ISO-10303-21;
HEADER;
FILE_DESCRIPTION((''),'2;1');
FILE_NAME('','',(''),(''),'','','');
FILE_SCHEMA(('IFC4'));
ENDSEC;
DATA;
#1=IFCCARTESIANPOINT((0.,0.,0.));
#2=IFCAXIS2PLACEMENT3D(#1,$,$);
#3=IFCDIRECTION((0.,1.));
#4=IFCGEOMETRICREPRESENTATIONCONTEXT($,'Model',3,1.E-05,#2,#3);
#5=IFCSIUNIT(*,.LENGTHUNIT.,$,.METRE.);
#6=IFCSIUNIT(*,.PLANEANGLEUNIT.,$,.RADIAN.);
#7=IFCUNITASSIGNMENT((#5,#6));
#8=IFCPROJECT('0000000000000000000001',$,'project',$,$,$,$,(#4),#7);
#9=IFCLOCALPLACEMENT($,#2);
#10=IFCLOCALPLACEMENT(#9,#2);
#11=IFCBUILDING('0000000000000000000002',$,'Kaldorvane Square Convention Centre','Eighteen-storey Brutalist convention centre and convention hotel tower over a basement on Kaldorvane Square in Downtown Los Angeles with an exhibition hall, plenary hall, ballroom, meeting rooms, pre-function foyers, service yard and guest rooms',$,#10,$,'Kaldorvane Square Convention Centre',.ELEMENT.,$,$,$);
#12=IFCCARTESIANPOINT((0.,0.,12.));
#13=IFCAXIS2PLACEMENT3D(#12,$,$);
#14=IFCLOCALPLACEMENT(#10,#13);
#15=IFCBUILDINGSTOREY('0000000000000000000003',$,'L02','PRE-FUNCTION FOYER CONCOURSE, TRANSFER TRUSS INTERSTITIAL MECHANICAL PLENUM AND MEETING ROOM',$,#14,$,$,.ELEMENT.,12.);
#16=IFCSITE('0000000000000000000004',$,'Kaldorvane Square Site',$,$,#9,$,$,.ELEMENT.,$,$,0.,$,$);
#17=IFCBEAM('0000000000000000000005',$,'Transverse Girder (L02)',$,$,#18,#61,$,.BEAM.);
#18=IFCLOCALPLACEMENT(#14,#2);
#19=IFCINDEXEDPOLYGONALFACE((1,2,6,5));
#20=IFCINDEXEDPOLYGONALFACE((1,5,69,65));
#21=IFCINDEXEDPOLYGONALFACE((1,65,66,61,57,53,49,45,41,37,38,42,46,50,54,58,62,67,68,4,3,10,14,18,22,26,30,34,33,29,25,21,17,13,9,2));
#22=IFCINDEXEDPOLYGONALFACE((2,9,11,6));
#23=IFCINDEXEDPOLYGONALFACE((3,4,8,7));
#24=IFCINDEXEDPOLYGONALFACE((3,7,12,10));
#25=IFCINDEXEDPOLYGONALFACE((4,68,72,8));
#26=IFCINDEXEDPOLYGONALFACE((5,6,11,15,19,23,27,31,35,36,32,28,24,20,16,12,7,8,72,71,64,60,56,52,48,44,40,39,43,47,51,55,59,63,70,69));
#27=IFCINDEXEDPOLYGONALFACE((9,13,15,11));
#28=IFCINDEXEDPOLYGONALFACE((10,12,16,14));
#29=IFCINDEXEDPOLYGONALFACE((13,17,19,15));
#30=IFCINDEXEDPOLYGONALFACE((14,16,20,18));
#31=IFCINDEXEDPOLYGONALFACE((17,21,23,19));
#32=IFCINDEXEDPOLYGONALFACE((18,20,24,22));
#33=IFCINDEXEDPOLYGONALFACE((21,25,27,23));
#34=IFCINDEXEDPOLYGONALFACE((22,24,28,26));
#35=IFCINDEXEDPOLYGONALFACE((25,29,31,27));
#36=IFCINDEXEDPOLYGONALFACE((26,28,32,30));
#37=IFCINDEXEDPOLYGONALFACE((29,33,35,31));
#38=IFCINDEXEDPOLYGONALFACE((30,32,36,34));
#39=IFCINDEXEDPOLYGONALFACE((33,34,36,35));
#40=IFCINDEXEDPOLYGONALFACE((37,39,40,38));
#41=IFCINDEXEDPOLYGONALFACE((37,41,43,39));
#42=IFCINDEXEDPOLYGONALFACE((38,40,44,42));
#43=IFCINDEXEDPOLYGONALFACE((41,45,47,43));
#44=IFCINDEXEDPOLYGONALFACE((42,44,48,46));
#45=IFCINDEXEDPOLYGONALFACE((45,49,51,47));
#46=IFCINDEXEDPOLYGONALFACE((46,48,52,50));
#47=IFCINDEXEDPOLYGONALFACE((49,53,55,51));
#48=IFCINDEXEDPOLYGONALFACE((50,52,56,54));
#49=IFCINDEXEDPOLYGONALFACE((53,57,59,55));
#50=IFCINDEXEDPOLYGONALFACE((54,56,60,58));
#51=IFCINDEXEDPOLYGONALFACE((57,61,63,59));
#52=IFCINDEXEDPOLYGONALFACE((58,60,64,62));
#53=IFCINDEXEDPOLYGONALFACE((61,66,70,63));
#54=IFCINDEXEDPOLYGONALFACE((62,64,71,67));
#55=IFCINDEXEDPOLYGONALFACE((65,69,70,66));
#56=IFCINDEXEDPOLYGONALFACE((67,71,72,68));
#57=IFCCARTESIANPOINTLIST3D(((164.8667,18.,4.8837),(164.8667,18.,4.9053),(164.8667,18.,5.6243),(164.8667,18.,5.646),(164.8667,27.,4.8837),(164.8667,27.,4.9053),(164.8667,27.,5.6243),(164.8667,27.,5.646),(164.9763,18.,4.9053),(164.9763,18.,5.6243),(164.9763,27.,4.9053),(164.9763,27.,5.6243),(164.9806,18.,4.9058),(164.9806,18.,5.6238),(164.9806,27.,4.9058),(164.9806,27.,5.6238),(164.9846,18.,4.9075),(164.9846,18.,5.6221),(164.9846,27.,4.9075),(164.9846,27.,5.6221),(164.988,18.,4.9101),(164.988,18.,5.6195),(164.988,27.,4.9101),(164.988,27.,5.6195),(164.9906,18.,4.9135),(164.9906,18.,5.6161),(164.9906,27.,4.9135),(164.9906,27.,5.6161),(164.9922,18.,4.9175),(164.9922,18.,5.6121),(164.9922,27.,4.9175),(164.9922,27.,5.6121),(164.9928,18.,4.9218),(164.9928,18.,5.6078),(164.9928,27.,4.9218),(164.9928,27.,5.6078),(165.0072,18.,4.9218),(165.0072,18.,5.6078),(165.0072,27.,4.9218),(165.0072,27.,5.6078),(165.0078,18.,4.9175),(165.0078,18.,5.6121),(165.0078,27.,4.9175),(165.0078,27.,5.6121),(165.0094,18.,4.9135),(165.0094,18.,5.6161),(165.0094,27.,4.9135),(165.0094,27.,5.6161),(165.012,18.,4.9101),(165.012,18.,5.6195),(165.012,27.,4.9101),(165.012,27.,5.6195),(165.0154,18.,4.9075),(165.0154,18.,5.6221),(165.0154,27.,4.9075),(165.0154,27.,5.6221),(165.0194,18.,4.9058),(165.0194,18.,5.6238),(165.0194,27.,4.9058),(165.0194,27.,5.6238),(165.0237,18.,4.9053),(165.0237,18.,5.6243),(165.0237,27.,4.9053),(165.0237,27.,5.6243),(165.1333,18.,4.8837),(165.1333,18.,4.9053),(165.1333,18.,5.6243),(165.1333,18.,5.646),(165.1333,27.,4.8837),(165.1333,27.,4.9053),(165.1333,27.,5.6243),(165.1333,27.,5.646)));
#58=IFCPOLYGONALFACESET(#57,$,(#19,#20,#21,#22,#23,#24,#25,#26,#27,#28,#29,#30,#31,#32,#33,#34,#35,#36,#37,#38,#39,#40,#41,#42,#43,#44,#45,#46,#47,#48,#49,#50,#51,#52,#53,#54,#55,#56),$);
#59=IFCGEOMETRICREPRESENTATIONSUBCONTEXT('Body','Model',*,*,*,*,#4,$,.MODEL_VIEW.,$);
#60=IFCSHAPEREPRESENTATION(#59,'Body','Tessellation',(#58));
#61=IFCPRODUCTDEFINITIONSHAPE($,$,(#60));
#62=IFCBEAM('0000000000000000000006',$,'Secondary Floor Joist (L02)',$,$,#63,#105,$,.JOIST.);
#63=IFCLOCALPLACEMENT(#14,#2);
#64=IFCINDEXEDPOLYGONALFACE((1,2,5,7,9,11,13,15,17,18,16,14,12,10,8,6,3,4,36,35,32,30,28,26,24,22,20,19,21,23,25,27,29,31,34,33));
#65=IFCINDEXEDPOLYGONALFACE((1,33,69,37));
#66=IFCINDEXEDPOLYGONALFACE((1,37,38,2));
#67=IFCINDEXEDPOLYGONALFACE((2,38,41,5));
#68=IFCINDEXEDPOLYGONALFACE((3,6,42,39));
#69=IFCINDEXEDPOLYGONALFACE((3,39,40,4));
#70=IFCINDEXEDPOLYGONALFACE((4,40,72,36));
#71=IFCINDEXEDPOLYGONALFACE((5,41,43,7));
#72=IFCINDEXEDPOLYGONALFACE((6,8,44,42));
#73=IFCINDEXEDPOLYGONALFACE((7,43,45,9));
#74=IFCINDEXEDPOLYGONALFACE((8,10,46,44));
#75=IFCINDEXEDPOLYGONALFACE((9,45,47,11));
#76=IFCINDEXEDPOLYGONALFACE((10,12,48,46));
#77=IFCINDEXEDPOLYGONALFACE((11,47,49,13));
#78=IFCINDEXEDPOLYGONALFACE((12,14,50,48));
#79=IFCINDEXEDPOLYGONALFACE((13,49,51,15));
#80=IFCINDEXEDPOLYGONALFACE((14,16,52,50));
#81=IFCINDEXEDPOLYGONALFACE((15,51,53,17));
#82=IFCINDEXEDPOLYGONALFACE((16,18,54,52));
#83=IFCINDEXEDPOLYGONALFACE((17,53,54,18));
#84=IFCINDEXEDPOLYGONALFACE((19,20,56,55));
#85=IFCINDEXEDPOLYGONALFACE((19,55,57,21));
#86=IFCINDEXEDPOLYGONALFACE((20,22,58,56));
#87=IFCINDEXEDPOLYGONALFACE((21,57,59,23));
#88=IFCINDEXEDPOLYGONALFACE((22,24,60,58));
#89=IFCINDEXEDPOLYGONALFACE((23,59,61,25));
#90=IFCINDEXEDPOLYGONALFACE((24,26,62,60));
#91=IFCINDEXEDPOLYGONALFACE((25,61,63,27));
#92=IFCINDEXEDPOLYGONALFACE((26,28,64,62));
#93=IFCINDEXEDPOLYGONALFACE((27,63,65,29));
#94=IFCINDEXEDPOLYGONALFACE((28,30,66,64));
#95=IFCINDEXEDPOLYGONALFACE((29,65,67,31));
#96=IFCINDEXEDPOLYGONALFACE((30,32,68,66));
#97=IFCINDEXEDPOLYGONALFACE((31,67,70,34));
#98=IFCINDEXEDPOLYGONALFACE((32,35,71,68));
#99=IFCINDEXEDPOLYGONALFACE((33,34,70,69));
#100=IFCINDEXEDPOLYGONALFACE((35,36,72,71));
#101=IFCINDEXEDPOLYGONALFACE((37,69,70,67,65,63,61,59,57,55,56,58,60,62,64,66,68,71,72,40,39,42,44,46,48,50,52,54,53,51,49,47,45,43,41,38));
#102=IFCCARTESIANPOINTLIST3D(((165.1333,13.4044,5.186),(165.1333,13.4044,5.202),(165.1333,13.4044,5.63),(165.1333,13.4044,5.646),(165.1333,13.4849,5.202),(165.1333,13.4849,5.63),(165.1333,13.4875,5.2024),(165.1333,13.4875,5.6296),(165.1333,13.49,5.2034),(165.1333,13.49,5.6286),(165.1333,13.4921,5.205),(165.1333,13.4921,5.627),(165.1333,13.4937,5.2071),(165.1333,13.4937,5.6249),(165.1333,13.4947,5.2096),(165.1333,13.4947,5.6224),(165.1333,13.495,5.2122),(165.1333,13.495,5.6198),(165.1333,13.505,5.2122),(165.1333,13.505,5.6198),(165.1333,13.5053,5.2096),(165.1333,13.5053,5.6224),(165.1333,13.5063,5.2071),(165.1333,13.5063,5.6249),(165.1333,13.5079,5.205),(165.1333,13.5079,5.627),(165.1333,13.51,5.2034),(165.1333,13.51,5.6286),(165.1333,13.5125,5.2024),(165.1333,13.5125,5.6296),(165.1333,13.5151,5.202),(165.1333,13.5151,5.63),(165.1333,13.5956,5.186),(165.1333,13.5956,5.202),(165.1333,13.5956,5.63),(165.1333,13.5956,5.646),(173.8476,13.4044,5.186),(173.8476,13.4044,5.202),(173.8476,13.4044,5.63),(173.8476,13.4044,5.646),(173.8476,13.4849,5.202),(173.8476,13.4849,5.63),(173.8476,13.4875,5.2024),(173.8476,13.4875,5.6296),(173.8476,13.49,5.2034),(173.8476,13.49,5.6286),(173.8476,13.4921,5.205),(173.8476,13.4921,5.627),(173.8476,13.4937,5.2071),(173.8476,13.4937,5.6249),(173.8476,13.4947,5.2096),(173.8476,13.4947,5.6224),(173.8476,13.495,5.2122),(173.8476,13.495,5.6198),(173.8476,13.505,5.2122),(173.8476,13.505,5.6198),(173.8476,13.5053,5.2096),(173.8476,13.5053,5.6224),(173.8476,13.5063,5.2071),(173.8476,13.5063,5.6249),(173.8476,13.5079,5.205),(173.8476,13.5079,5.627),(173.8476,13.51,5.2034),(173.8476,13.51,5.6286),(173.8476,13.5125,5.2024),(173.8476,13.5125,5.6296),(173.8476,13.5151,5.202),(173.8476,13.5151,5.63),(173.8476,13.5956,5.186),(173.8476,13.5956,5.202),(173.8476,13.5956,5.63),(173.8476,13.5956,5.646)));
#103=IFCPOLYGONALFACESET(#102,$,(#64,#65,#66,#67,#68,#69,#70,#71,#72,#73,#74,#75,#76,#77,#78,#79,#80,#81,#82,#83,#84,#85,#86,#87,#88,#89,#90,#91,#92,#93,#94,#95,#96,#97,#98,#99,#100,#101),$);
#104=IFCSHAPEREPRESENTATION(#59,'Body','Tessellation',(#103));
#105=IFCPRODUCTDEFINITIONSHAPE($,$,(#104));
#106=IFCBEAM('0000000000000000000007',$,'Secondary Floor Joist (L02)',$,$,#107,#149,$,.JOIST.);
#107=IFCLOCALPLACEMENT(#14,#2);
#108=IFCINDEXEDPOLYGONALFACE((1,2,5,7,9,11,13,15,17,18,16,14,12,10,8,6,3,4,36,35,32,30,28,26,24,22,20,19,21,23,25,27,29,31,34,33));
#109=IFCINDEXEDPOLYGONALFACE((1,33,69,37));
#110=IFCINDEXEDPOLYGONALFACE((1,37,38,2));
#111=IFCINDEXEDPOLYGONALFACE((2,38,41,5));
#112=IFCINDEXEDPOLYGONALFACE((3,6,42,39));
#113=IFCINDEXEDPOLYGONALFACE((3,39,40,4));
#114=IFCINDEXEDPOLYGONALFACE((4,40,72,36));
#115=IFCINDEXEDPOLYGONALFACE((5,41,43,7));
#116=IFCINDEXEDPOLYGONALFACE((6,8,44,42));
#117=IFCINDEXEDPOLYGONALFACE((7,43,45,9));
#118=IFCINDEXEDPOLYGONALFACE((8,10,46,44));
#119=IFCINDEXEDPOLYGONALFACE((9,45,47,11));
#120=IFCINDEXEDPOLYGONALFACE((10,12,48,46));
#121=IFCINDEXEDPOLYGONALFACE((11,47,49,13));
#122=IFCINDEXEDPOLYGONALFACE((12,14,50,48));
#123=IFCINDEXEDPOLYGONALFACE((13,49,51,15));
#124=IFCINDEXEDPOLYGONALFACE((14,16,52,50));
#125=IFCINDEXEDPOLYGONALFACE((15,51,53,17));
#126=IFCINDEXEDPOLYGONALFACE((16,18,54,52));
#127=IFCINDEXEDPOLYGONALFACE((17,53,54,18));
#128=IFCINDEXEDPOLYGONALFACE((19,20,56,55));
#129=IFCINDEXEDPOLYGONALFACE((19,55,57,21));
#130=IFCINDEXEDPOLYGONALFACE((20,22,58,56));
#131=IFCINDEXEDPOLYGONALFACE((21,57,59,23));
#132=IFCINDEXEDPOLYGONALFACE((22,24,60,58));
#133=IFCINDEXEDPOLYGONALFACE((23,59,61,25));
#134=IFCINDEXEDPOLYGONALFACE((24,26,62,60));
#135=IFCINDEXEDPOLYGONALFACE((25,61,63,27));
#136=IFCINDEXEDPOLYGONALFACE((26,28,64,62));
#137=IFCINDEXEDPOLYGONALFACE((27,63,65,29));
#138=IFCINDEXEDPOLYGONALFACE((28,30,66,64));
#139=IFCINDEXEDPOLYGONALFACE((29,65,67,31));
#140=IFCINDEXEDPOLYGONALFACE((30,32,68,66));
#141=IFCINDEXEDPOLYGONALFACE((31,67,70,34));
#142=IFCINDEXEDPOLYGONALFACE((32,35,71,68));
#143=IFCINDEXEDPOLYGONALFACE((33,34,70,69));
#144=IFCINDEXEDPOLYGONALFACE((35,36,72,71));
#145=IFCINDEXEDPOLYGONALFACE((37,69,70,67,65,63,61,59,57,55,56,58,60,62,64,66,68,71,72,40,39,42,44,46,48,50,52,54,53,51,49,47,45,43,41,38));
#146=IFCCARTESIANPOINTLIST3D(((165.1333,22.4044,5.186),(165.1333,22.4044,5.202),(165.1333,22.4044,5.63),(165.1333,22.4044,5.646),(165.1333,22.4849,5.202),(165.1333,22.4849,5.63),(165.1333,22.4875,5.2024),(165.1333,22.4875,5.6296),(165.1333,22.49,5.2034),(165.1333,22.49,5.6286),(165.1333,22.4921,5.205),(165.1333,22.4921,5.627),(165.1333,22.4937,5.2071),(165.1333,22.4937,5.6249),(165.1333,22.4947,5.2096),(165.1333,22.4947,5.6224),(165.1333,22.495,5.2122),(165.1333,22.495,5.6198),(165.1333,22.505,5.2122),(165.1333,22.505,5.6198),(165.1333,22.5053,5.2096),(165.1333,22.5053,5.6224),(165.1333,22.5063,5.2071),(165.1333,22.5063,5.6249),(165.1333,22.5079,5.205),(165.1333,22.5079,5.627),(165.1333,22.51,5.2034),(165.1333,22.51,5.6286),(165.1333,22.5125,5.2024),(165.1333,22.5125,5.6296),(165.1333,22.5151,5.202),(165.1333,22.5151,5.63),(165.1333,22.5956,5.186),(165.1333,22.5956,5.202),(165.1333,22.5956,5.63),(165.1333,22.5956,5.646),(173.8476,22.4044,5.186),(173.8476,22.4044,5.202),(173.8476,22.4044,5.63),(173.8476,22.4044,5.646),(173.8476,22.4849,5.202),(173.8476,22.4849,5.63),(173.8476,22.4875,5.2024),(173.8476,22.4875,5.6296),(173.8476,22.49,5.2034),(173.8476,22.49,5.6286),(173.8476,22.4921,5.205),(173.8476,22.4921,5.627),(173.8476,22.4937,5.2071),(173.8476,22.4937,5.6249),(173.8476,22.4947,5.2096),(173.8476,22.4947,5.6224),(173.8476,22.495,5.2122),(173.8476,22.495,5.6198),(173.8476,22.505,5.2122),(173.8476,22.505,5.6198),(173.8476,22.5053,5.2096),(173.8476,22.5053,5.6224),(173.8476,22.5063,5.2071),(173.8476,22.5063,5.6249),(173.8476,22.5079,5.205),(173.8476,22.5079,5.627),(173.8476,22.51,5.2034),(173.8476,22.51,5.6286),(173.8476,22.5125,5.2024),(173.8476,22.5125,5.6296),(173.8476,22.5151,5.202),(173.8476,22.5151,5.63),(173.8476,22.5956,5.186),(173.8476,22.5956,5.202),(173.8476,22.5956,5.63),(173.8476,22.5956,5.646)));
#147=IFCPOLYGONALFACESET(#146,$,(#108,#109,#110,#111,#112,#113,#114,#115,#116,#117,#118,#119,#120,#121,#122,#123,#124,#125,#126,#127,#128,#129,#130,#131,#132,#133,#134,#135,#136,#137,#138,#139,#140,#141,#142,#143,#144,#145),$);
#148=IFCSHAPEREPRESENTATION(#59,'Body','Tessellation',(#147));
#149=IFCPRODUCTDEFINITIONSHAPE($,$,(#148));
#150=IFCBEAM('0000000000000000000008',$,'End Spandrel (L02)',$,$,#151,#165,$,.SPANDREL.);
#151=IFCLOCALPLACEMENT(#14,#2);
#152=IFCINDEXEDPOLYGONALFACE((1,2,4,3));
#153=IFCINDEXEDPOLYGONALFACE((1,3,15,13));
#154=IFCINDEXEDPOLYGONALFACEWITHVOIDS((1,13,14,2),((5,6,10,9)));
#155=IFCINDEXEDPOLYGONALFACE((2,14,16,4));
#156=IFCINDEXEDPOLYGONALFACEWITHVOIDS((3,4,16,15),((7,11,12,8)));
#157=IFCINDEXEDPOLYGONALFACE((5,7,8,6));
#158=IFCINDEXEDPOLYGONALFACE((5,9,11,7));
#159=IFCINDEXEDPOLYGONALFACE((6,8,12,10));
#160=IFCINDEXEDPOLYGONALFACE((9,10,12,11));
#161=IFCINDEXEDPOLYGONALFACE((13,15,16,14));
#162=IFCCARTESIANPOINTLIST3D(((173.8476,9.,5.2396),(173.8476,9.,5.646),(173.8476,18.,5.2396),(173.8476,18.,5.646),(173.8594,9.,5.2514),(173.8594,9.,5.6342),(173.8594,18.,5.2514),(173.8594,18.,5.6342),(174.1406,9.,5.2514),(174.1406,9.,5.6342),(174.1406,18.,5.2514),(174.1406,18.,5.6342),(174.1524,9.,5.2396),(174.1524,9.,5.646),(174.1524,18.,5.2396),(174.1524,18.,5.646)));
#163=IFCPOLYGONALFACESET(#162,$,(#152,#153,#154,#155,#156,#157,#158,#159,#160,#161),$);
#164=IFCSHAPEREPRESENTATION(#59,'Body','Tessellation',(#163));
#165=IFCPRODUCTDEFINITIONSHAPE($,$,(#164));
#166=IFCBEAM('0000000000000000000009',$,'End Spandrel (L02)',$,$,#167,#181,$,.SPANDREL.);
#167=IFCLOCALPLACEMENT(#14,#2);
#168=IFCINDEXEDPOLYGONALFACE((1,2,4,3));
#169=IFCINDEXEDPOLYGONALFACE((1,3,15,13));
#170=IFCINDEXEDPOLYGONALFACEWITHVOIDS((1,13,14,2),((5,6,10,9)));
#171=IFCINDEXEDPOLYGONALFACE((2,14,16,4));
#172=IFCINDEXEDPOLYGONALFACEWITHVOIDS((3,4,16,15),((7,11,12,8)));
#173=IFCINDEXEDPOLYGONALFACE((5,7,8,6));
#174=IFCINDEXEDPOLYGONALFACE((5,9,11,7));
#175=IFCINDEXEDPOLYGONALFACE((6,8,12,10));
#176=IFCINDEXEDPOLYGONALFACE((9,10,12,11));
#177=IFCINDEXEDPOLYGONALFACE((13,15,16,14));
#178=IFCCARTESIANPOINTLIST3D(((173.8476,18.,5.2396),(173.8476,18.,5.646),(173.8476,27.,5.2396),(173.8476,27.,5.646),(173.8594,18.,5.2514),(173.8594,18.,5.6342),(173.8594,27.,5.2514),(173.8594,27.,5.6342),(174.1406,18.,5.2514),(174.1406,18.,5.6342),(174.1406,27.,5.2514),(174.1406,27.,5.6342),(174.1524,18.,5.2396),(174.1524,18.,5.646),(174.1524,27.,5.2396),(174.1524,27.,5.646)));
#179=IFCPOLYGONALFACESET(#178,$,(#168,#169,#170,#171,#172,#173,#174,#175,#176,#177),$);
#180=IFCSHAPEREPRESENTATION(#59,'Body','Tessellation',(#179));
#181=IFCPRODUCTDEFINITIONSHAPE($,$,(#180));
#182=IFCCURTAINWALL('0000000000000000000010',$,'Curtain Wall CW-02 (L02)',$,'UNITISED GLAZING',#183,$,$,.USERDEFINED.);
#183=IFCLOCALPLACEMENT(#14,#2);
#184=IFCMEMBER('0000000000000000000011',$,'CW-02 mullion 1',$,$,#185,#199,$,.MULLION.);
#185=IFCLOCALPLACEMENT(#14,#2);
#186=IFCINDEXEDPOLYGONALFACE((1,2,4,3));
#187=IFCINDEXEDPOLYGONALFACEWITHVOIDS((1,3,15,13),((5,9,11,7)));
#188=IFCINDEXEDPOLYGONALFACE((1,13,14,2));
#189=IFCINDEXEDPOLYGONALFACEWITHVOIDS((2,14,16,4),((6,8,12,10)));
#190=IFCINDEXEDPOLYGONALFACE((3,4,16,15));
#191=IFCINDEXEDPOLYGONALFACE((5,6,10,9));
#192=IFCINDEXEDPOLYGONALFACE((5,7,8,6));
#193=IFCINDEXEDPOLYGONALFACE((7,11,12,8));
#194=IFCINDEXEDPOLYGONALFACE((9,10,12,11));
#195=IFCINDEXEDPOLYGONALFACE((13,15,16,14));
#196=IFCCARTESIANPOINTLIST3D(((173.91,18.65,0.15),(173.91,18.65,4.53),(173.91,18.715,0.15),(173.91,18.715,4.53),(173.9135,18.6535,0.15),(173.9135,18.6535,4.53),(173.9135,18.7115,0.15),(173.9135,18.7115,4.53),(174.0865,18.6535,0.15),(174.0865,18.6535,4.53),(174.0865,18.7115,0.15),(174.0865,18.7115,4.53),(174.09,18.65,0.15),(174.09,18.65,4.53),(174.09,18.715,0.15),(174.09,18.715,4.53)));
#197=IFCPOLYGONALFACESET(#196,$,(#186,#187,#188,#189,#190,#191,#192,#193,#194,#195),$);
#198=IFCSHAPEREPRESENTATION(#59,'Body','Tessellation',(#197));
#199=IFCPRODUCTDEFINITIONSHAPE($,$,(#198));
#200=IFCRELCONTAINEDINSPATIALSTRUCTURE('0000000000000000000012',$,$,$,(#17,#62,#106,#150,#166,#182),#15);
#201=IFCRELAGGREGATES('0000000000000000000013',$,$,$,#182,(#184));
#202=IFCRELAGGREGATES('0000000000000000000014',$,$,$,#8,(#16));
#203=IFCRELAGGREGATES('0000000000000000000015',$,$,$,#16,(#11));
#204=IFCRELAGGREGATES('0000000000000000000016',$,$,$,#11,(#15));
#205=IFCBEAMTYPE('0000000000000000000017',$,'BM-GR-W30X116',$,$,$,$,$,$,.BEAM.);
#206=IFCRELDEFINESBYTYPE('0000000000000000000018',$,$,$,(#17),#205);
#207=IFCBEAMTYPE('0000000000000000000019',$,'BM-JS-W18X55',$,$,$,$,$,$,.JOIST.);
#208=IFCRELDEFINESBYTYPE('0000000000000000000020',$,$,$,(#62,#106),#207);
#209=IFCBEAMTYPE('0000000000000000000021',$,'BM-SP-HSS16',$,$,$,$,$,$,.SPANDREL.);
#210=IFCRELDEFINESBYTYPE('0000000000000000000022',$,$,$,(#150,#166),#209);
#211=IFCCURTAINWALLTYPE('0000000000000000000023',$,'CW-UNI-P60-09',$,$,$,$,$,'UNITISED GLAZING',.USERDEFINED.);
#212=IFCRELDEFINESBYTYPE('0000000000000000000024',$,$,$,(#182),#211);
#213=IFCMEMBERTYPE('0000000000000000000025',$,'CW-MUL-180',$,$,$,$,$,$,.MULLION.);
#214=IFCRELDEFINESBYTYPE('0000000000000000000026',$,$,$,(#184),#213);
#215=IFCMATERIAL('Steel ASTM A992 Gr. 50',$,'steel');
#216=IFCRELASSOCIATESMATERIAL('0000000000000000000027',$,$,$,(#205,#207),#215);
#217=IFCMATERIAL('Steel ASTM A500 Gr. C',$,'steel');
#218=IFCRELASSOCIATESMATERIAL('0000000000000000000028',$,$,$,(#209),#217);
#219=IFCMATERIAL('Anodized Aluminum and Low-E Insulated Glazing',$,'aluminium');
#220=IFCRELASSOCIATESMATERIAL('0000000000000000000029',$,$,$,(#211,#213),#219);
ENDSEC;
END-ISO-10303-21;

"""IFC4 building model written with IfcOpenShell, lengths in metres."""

from ifc_helpers import new_model, si_unit, direction, frame, origin, origin_2d, place, context, subcontext, project, spatial, hollow_rectangle, i_section, extrude, material, material_profile, profile_set, type_object, element, aggregate, save


model = new_model("IFC4")

# Units and contexts
model_context = context("Model", 3, precision=1e-05, world=origin(), true_north=direction((0.0, 1.0)))
body_context = subcontext(model_context, "Body", "Model", "MODEL_VIEW")
ifc_project = project(units=[si_unit("LENGTHUNIT", "METRE"), si_unit("PLANEANGLEUNIT", "RADIAN")], contexts=[model_context])

# Site, building, storey
site_placement = place(None, origin())
site = spatial("IfcSite", under=ifc_project, at=site_placement, Name="Kaldorvane Square Site", CompositionType="ELEMENT", RefElevation=0.0)
building_placement = place(site_placement, origin())
building = spatial("IfcBuilding", under=site, at=building_placement, Name="Kaldorvane Square Convention Centre", Description="Eighteen-storey Brutalist convention centre and convention hotel tower over a basement on Kaldorvane Square in Downtown Los Angeles with an exhibition hall, plenary hall, ballroom, meeting rooms, pre-function foyers, service yard and guest rooms", LongName="Kaldorvane Square Convention Centre", CompositionType="ELEMENT")
storey_placement = place(building_placement, frame((0.0, 0.0, 12.0)))
storey = spatial("IfcBuildingStorey", under=building, at=storey_placement, Name="L02", Description="PRE-FUNCTION FOYER CONCOURSE, TRANSFER TRUSS INTERSTITIAL MECHANICAL PLENUM AND MEETING ROOM", CompositionType="ELEMENT", Elevation=12.0)

# Shared definitions
ifc_material_1 = material(Name="Steel ASTM A992 Gr. 50", Category="steel")

# Beams
ifc_material_profile_1 = material_profile(ifc_material_1, i_section(OverallWidth=0.2666, OverallDepth=0.7623, WebThickness=0.0144, FlangeThickness=0.0216, FilletRadius=0.0165, at=origin_2d()), Name="W30X116")
ifc_profile_set_1 = profile_set([ifc_material_profile_1], Name="Steel ASTM A992 Gr. 50")
beam_type_1 = type_object("IfcBeamType", Name="BM-GR-W30X116", PredefinedType="BEAM", material=ifc_profile_set_1)
beam_1_placement = place(storey_placement, frame((165.0, 18.0, 5.2648), z_axis=(0.0, 1.0, 0.0), x_axis=(-1.0, 0.0, 0.0)))
element("IfcBeam", 1, at=beam_1_placement, inside=storey, type_object=beam_type_1, Name="Transverse Girder (L02)", PredefinedType="BEAM", context=body_context, shape_type="SweptSolid", body=[
    extrude(i_section(OverallWidth=0.2666, OverallDepth=0.7623, WebThickness=0.0144, FlangeThickness=0.0216, FilletRadius=0.0165, at=origin_2d()), origin(), (0.0, 0.0, 1.0), 9.0),
])
ifc_material_profile_2 = material_profile(ifc_material_1, i_section(OverallWidth=0.1913, OverallDepth=0.46, WebThickness=0.0099, FlangeThickness=0.016, FilletRadius=0.0102, at=origin_2d()), Name="W18X55")
ifc_profile_set_2 = profile_set([ifc_material_profile_2], Name="Steel ASTM A992 Gr. 50")
beam_type_2 = type_object("IfcBeamType", Name="BM-JS-W18X55", PredefinedType="JOIST", material=ifc_profile_set_2)
for number, where, z_axis, x_axis, name in (
    (2, (165.1333, 13.5, 5.416), (1.0, 0.0, 0.0), (0.0, 1.0, 0.0), "Secondary Floor Joist (L02)"),
    (3, (165.1333, 22.5, 5.416), (1.0, 0.0, 0.0), (0.0, 1.0, 0.0), "Secondary Floor Joist (L02)"),
):
    element("IfcBeam", number, at=place(storey_placement, frame(where, z_axis=z_axis, x_axis=x_axis)), inside=storey, type_object=beam_type_2, Name=name, PredefinedType="JOIST", context=body_context, shape_type="SweptSolid", body=[
        extrude(i_section(OverallWidth=0.1913, OverallDepth=0.46, WebThickness=0.0099, FlangeThickness=0.016, FilletRadius=0.0102, at=origin_2d()), origin(), (0.0, 0.0, 1.0), 8.7143),
    ])
ifc_material_2 = material(Name="Steel ASTM A500 Gr. C", Category="steel")
ifc_material_profile_3 = material_profile(ifc_material_2, hollow_rectangle(XDim=0.3048, YDim=0.4064, WallThickness=0.0118, at=origin_2d()), Name="HSS16X12X1/2")
ifc_profile_set_3 = profile_set([ifc_material_profile_3], Name="Steel ASTM A500 Gr. C")
beam_type_3 = type_object("IfcBeamType", Name="BM-SP-HSS16", PredefinedType="SPANDREL", material=ifc_profile_set_3)
for number, where, z_axis, x_axis, name in (
    (4, (174.0, 9.0, 5.4428), (0.0, 1.0, 0.0), (-1.0, 0.0, 0.0), "End Spandrel (L02)"),
    (5, (174.0, 18.0, 5.4428), (0.0, 1.0, 0.0), (-1.0, 0.0, 0.0), "End Spandrel (L02)"),
):
    element("IfcBeam", number, at=place(storey_placement, frame(where, z_axis=z_axis, x_axis=x_axis)), inside=storey, type_object=beam_type_3, Name=name, PredefinedType="SPANDREL", context=body_context, shape_type="SweptSolid", body=[
        extrude(hollow_rectangle(XDim=0.3048, YDim=0.4064, WallThickness=0.0118, at=origin_2d()), origin(), (0.0, 0.0, 1.0), 9.0),
    ])

# Curtain wall, member
ifc_material_3 = material(Name="Anodized Aluminum and Low-E Insulated Glazing", Category="aluminium")
curtain_wall_type = type_object("IfcCurtainWallType", Name="CW-UNI-P60-09", ElementType="UNITISED GLAZING", PredefinedType="USERDEFINED", material=ifc_material_3)
curtain_wall_placement = place(storey_placement, origin())
curtain_wall = element("IfcCurtainWall", 6, at=curtain_wall_placement, inside=storey, type_object=curtain_wall_type, Name="Curtain Wall CW-02 (L02)", ObjectType="UNITISED GLAZING", PredefinedType="USERDEFINED")
ifc_material_profile_4 = material_profile(ifc_material_3, hollow_rectangle(XDim=0.065, YDim=0.18, WallThickness=0.0035, at=origin_2d()), Name="CWM-180X65")
ifc_profile_set_4 = profile_set([ifc_material_profile_4], Name="Anodized Aluminum and Low-E Insulated Glazing")
member_type_1 = type_object("IfcMemberType", Name="CW-MUL-180", PredefinedType="MULLION", material=ifc_profile_set_4)
member_1_placement = place(storey_placement, frame((174.0, 18.6825, 0.15), z_axis=(0.0, 0.0, 1.0), x_axis=(0.0, 1.0, 0.0)))
member_1 = element("IfcMember", 7, at=member_1_placement, type_object=member_type_1, Name="CW-02 mullion 1", PredefinedType="MULLION", context=body_context, shape_type="SweptSolid", body=[
    extrude(hollow_rectangle(XDim=0.065, YDim=0.18, WallThickness=0.0035, at=origin_2d()), origin(), (0.0, 0.0, 1.0), 4.38),
])

aggregate(curtain_wall, [member_1])

save(model, "model.ifc")
